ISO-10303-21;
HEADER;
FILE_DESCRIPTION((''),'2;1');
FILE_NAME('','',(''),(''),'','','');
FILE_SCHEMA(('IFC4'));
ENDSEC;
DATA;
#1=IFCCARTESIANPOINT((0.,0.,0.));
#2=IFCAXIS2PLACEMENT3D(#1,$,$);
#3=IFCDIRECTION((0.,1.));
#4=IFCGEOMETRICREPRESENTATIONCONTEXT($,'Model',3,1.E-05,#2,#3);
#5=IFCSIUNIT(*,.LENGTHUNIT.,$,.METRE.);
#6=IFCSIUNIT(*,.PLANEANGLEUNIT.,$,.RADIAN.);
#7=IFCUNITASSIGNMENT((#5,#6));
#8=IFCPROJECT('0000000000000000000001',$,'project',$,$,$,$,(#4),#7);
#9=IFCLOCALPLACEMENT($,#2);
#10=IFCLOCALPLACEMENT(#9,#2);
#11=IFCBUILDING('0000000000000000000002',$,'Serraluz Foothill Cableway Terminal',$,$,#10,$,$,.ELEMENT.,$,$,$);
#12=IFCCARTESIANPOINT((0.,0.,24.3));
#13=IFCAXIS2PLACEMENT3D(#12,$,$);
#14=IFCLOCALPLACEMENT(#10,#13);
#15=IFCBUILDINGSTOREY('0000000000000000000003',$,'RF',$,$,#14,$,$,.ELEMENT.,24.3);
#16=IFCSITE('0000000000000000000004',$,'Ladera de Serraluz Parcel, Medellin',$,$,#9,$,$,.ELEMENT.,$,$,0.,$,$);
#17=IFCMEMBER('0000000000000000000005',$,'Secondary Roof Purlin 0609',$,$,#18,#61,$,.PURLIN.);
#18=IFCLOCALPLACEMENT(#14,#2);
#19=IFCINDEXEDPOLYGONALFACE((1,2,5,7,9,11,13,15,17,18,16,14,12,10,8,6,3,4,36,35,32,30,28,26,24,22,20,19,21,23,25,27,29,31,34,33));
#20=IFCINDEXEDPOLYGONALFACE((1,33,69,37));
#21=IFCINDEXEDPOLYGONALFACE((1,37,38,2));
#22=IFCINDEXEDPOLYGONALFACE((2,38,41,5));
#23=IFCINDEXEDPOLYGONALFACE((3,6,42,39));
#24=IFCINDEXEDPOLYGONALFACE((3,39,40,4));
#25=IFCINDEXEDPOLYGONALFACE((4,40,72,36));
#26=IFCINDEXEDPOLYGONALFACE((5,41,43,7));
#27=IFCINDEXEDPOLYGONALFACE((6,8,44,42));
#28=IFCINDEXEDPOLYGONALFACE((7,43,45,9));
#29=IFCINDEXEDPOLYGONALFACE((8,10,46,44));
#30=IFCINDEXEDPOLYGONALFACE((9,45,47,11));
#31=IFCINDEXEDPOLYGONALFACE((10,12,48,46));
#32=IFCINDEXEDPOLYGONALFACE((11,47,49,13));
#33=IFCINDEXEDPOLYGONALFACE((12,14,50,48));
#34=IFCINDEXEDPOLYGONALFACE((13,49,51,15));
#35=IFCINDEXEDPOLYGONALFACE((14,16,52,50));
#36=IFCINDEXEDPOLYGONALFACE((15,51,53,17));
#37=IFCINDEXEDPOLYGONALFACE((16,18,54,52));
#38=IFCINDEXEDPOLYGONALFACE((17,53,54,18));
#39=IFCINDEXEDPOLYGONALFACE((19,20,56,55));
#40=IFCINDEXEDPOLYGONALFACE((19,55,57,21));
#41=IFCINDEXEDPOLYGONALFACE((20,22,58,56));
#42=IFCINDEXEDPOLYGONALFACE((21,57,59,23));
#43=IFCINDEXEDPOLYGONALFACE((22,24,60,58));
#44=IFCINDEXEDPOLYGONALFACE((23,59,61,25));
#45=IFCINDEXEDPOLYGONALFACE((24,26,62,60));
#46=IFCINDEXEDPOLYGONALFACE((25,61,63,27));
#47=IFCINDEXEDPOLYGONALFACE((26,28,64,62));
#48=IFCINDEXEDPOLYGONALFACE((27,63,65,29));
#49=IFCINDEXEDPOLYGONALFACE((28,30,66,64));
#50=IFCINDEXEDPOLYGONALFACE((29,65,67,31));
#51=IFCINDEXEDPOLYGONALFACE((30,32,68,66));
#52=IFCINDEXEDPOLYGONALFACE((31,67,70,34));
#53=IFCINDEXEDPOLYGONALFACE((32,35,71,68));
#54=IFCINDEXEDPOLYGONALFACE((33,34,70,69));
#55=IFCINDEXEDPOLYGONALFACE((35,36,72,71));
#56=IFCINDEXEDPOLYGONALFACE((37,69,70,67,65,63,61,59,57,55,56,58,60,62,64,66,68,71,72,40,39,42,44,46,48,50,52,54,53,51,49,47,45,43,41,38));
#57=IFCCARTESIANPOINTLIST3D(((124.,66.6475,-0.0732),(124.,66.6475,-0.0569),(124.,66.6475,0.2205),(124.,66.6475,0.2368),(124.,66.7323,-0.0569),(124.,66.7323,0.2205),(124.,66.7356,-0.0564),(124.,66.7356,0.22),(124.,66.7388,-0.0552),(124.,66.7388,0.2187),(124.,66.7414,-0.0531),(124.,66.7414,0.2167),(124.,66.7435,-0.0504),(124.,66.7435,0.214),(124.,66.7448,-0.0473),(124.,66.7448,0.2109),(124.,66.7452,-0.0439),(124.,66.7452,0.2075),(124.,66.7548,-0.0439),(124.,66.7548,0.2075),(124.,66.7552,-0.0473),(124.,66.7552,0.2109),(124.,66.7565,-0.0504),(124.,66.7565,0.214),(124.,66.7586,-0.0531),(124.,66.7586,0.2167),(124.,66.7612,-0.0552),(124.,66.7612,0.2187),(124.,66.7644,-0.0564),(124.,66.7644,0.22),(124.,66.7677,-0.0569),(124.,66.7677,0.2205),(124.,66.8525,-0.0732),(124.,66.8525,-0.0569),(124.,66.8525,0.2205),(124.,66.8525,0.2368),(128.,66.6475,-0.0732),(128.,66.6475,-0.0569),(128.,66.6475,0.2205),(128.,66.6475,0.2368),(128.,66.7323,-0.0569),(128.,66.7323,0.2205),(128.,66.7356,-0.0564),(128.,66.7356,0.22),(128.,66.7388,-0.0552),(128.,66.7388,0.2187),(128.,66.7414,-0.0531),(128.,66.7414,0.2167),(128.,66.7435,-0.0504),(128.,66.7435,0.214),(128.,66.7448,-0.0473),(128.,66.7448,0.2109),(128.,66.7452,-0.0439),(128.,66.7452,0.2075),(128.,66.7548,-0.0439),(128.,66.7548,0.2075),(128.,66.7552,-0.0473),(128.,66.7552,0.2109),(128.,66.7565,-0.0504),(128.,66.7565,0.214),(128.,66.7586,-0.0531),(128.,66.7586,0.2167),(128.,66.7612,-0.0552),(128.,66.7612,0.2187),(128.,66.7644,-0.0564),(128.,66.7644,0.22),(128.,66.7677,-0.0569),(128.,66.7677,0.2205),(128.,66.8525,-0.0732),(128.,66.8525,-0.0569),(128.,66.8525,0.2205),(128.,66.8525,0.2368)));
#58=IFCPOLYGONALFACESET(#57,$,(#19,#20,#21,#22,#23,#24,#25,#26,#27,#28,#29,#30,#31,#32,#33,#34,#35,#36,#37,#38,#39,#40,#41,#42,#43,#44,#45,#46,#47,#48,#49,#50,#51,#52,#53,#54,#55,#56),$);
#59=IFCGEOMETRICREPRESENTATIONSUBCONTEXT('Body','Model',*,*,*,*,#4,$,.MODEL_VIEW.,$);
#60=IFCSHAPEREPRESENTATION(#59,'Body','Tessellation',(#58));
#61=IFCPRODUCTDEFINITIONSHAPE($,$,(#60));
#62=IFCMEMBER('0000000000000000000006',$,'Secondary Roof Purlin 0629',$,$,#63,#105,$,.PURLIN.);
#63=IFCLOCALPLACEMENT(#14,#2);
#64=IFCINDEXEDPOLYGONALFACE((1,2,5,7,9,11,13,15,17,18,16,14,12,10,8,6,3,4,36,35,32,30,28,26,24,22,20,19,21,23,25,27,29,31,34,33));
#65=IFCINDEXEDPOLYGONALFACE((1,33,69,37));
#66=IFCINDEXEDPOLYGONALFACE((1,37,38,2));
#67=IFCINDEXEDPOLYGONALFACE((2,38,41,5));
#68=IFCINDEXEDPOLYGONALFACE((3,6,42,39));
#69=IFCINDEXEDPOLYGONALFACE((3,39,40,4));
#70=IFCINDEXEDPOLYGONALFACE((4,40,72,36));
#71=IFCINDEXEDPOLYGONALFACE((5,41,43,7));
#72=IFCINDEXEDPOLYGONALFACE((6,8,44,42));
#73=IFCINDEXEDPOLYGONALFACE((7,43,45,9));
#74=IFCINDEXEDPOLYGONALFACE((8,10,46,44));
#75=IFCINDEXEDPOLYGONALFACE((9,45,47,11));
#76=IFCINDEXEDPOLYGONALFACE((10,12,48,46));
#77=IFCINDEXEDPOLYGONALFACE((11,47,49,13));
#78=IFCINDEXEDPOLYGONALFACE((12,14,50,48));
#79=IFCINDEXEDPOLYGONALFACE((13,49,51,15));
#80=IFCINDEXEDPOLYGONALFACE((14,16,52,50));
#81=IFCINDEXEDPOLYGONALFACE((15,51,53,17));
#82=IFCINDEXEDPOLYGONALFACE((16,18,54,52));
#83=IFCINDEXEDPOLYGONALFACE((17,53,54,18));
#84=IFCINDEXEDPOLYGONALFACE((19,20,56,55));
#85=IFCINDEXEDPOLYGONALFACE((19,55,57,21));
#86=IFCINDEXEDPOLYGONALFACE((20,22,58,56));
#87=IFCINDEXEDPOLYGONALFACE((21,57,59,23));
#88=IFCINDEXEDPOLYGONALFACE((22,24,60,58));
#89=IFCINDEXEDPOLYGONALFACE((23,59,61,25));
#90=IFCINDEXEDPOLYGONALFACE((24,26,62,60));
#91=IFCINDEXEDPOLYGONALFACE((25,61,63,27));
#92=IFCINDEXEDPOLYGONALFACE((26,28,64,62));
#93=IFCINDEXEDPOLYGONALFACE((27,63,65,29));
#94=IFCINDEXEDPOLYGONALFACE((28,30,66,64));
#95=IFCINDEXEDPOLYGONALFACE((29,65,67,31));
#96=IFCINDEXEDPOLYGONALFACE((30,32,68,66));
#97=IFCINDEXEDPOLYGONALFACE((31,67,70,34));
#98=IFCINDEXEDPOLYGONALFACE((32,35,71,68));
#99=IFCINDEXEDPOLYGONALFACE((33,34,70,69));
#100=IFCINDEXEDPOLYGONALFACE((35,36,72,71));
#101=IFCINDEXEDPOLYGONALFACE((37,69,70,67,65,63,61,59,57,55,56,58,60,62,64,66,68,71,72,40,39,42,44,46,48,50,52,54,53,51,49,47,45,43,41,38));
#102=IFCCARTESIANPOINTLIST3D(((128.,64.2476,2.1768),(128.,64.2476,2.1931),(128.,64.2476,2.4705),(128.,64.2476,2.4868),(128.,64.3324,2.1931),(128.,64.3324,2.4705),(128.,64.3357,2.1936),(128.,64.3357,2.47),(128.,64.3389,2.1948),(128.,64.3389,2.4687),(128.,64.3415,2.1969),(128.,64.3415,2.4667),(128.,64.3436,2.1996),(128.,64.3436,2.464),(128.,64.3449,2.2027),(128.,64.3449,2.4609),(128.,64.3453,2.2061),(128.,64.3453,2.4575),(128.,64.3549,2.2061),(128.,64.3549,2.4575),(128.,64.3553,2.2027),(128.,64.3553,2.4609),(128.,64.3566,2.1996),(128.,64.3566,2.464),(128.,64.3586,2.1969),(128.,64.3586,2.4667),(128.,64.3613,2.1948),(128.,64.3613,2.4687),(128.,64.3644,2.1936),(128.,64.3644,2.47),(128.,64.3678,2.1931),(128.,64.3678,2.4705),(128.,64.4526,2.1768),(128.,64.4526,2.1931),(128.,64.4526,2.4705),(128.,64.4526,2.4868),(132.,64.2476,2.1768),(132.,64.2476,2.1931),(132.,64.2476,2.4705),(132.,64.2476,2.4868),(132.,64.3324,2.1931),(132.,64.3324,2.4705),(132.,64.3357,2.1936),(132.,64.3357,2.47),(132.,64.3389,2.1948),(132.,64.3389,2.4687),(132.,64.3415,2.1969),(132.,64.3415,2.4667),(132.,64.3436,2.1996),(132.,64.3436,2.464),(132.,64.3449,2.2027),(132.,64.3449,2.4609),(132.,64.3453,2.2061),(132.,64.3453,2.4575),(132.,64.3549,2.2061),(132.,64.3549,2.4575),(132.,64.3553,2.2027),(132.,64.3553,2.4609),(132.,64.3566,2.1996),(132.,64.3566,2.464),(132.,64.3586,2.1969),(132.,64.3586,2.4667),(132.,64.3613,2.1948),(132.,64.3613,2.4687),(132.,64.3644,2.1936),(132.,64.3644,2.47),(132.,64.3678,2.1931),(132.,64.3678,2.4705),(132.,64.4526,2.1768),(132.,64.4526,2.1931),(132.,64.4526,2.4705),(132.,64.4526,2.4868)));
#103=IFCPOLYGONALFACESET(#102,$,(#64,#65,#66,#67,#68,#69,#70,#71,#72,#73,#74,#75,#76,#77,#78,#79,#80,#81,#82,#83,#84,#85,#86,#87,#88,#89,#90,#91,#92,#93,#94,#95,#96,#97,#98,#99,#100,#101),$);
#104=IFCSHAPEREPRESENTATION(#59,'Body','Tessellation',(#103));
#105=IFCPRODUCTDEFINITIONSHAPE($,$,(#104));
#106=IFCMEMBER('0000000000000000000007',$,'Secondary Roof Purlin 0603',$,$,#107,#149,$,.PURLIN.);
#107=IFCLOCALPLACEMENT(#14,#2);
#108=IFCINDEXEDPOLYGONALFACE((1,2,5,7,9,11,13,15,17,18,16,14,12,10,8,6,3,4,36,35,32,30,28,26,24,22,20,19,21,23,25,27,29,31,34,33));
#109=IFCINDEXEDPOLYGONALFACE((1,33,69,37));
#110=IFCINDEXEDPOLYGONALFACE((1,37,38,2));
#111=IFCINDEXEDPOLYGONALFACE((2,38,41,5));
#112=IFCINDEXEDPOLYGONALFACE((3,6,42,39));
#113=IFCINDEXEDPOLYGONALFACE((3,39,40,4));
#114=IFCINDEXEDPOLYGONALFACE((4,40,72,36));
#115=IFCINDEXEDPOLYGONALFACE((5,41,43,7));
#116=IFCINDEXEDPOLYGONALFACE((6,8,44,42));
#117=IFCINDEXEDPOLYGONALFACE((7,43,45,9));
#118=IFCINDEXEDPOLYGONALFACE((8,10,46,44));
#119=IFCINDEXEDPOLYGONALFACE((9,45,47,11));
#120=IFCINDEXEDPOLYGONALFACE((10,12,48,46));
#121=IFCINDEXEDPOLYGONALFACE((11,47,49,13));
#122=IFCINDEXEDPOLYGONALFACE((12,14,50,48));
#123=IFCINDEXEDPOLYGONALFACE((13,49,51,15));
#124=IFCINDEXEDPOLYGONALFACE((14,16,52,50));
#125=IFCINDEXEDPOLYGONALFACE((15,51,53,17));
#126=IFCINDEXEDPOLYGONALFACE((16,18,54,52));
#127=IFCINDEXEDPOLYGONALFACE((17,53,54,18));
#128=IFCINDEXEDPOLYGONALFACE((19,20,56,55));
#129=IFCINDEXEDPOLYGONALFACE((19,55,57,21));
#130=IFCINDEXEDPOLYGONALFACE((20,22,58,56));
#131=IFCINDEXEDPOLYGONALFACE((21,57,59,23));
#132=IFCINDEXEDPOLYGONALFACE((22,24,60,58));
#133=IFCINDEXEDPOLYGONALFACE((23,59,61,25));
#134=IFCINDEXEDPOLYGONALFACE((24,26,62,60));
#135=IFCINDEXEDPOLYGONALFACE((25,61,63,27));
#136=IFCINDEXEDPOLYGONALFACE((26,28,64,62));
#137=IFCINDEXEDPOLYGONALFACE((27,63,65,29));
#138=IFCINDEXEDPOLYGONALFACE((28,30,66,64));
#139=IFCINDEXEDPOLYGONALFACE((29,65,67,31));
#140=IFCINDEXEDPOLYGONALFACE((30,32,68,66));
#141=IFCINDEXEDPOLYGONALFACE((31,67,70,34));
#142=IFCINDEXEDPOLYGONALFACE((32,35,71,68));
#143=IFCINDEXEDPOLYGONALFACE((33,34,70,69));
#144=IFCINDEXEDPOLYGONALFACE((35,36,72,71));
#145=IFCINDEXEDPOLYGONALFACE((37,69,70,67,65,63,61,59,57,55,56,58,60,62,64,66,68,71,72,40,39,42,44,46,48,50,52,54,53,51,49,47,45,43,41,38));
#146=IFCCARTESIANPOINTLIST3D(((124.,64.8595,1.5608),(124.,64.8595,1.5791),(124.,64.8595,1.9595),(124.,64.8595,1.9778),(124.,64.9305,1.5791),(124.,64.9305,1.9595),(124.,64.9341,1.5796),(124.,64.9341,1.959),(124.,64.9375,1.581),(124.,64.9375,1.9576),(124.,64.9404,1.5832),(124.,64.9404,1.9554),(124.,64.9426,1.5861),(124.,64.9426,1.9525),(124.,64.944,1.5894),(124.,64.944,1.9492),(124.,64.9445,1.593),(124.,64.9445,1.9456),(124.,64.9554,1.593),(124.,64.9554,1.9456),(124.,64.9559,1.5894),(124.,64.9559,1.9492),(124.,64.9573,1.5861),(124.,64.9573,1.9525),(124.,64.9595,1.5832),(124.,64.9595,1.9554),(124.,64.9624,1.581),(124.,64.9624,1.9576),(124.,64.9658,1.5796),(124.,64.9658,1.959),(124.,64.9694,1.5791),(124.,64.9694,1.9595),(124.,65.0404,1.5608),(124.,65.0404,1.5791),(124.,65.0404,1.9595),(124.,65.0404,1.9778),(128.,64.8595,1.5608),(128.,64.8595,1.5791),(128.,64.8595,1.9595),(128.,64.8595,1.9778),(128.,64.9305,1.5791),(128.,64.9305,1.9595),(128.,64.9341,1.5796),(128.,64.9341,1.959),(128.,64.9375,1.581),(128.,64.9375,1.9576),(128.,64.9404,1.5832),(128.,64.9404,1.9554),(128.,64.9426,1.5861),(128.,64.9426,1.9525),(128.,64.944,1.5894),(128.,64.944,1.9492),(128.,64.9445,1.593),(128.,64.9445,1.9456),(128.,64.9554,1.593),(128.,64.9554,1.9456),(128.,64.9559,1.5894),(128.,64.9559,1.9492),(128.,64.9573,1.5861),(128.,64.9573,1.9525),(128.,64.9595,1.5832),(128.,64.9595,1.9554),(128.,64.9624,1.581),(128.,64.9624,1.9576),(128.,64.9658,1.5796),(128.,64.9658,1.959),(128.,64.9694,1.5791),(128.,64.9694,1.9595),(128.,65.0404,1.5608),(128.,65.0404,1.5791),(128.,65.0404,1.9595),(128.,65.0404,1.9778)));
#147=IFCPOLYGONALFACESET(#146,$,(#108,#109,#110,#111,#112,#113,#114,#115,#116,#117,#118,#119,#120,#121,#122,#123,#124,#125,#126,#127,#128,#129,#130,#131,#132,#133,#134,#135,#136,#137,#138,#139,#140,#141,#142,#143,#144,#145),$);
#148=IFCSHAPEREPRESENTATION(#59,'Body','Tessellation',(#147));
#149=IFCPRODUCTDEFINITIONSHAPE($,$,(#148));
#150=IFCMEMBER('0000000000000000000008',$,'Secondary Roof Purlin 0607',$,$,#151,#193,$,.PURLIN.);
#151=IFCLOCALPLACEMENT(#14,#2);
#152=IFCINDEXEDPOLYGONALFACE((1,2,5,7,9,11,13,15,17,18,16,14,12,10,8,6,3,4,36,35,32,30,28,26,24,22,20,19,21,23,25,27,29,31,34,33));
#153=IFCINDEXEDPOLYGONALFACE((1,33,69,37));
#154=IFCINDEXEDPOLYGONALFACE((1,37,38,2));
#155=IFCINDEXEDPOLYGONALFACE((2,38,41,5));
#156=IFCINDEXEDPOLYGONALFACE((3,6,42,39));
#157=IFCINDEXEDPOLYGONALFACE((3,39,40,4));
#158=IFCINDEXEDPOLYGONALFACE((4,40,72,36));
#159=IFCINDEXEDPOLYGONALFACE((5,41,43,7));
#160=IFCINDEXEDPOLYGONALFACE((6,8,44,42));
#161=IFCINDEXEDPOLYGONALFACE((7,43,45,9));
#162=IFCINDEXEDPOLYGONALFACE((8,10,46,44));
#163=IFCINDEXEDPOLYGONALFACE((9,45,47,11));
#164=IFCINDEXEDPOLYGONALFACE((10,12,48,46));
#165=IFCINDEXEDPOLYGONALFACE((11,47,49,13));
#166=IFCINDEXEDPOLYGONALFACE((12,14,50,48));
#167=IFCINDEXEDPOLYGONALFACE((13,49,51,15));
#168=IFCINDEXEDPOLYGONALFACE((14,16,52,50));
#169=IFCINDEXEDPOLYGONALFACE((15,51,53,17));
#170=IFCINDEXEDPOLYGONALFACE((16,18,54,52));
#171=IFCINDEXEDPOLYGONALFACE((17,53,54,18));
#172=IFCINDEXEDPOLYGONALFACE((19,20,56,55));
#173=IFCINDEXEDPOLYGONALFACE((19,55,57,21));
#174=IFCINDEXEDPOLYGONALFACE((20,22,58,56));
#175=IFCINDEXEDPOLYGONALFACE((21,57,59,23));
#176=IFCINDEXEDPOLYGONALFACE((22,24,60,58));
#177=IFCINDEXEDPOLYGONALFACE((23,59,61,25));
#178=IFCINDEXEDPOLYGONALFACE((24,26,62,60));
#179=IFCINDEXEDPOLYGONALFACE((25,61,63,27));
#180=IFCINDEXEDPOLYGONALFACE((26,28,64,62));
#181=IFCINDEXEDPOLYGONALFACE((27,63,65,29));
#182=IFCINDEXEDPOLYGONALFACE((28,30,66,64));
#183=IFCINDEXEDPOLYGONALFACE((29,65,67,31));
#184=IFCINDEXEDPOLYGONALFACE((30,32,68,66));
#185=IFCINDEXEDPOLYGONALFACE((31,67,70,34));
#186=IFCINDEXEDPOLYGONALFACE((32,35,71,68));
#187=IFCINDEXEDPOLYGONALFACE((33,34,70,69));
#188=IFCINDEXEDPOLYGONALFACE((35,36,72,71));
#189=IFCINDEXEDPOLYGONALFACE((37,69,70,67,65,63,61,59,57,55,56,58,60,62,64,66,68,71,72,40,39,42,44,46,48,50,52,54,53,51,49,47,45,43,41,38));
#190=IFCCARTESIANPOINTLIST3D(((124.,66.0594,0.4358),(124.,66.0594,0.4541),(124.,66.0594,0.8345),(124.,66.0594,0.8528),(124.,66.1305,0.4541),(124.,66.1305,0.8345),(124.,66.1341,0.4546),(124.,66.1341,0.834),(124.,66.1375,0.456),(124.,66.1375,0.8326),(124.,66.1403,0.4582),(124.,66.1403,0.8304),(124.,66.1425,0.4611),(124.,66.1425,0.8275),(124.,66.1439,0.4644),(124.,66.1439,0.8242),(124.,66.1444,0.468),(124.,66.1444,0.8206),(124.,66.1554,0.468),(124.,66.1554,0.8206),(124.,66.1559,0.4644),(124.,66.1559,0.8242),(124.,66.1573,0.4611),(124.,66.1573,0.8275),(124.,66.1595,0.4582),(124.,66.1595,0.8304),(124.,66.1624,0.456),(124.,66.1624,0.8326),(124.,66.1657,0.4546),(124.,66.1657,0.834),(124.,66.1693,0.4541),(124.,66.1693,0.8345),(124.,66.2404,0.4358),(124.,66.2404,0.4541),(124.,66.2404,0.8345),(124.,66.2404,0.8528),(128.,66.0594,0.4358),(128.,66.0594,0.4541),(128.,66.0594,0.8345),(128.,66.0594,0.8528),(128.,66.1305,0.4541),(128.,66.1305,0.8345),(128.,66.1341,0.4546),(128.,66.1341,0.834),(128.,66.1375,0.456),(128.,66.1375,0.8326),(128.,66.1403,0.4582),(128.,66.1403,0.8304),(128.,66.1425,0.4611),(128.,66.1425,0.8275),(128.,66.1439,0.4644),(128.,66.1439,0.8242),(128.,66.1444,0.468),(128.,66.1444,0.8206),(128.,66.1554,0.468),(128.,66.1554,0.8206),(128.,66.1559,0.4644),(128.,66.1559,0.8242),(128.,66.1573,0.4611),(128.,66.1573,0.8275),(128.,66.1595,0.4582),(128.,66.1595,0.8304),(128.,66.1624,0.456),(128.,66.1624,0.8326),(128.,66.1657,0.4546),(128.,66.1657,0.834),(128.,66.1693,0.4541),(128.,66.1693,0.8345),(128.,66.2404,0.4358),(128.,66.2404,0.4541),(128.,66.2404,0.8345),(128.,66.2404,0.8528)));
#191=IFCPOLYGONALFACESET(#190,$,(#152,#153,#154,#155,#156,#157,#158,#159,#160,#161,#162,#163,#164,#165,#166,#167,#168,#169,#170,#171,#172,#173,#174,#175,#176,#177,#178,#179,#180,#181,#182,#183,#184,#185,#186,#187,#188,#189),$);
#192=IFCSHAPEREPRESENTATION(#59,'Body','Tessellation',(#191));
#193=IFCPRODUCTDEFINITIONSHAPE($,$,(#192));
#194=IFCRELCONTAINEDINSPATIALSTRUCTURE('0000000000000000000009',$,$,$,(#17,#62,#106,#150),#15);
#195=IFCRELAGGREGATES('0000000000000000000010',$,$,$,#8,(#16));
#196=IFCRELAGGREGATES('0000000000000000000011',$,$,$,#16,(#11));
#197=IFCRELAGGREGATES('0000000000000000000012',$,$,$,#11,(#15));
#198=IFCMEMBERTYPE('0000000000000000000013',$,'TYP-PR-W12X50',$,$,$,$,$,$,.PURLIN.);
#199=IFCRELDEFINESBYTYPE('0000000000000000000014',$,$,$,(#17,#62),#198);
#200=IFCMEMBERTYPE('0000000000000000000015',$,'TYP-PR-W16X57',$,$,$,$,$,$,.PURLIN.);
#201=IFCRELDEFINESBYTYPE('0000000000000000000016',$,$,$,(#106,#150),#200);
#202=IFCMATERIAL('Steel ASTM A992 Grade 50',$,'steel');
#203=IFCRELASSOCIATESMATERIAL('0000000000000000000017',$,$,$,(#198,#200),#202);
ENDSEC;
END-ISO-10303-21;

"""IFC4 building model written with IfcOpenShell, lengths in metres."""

from ifc_helpers import new_model, si_unit, direction, frame, origin, origin_2d, place, context, subcontext, project, spatial, i_section, extrude, material, material_profile, profile_set, type_object, element, save


model = new_model("IFC4")

# Units and contexts
model_context = context("Model", 3, precision=1e-05, world=origin(), true_north=direction((0.0, 1.0)))
body_context = subcontext(model_context, "Body", "Model", "MODEL_VIEW")
ifc_project = project(units=[si_unit("LENGTHUNIT", "METRE"), si_unit("PLANEANGLEUNIT", "RADIAN")], contexts=[model_context])

# Site, building, storey
site_placement = place(None, origin())
site = spatial("IfcSite", under=ifc_project, at=site_placement, Name="Ladera de Serraluz Parcel, Medellin", CompositionType="ELEMENT", RefElevation=0.0)
building_placement = place(site_placement, origin())
building = spatial("IfcBuilding", under=site, at=building_placement, Name="Serraluz Foothill Cableway Terminal", CompositionType="ELEMENT")
storey_placement = place(building_placement, frame((0.0, 0.0, 24.3)))
storey = spatial("IfcBuildingStorey", under=building, at=storey_placement, Name="RF", CompositionType="ELEMENT", Elevation=24.3)

# Members
ifc_material_1 = material(Name="Steel ASTM A992 Grade 50", Category="steel")
ifc_material_profile_1 = material_profile(ifc_material_1, i_section(OverallWidth=0.2051, OverallDepth=0.3101, WebThickness=0.0095, FlangeThickness=0.0164, FilletRadius=0.0129, at=origin_2d()), Name="W12X50")
ifc_profile_set_1 = profile_set([ifc_material_profile_1], Name="Steel ASTM A992 Grade 50")
member_type_1 = type_object("IfcMemberType", Name="TYP-PR-W12X50", PredefinedType="PURLIN", material=ifc_profile_set_1)
for number, where, z_axis, x_axis, name in (
    (1, (124.0, 66.75, 0.0818), (1.0, 0.0, 0.0), (0.0, 1.0, 0.0), "Secondary Roof Purlin 0609"),
    (2, (128.0, 64.3501, 2.3318), (1.0, 0.0, 0.0), (0.0, 1.0, 0.0), "Secondary Roof Purlin 0629"),
):
    element("IfcMember", number, at=place(storey_placement, frame(where, z_axis=z_axis, x_axis=x_axis)), inside=storey, type_object=member_type_1, Name=name, PredefinedType="PURLIN", context=body_context, shape_type="SweptSolid", body=[
        extrude(i_section(OverallWidth=0.2051, OverallDepth=0.3101, WebThickness=0.0095, FlangeThickness=0.0164, FilletRadius=0.0129, at=origin_2d()), origin(), (0.0, 0.0, 1.0), 4.0),
    ])
ifc_material_profile_2 = material_profile(ifc_material_1, i_section(OverallWidth=0.1809, OverallDepth=0.417, WebThickness=0.011, FlangeThickness=0.0183, FilletRadius=0.0139, at=origin_2d()), Name="W16X57")
ifc_profile_set_2 = profile_set([ifc_material_profile_2], Name="Steel ASTM A992 Grade 50")
member_type_2 = type_object("IfcMemberType", Name="TYP-PR-W16X57", PredefinedType="PURLIN", material=ifc_profile_set_2)
for number, where, z_axis, x_axis, name in (
    (3, (124.0, 64.95, 1.7693), (1.0, 0.0, 0.0), (0.0, 1.0, 0.0), "Secondary Roof Purlin 0603"),
    (4, (124.0, 66.1499, 0.6443), (1.0, 0.0, 0.0), (0.0, 1.0, 0.0), "Secondary Roof Purlin 0607"),
):
    element("IfcMember", number, at=place(storey_placement, frame(where, z_axis=z_axis, x_axis=x_axis)), inside=storey, type_object=member_type_2, Name=name, PredefinedType="PURLIN", context=body_context, shape_type="SweptSolid", body=[
        extrude(i_section(OverallWidth=0.1809, OverallDepth=0.417, WebThickness=0.011, FlangeThickness=0.0183, FilletRadius=0.0139, at=origin_2d()), origin(), (0.0, 0.0, 1.0), 4.0),
    ])

save(model, "model.ifc")
